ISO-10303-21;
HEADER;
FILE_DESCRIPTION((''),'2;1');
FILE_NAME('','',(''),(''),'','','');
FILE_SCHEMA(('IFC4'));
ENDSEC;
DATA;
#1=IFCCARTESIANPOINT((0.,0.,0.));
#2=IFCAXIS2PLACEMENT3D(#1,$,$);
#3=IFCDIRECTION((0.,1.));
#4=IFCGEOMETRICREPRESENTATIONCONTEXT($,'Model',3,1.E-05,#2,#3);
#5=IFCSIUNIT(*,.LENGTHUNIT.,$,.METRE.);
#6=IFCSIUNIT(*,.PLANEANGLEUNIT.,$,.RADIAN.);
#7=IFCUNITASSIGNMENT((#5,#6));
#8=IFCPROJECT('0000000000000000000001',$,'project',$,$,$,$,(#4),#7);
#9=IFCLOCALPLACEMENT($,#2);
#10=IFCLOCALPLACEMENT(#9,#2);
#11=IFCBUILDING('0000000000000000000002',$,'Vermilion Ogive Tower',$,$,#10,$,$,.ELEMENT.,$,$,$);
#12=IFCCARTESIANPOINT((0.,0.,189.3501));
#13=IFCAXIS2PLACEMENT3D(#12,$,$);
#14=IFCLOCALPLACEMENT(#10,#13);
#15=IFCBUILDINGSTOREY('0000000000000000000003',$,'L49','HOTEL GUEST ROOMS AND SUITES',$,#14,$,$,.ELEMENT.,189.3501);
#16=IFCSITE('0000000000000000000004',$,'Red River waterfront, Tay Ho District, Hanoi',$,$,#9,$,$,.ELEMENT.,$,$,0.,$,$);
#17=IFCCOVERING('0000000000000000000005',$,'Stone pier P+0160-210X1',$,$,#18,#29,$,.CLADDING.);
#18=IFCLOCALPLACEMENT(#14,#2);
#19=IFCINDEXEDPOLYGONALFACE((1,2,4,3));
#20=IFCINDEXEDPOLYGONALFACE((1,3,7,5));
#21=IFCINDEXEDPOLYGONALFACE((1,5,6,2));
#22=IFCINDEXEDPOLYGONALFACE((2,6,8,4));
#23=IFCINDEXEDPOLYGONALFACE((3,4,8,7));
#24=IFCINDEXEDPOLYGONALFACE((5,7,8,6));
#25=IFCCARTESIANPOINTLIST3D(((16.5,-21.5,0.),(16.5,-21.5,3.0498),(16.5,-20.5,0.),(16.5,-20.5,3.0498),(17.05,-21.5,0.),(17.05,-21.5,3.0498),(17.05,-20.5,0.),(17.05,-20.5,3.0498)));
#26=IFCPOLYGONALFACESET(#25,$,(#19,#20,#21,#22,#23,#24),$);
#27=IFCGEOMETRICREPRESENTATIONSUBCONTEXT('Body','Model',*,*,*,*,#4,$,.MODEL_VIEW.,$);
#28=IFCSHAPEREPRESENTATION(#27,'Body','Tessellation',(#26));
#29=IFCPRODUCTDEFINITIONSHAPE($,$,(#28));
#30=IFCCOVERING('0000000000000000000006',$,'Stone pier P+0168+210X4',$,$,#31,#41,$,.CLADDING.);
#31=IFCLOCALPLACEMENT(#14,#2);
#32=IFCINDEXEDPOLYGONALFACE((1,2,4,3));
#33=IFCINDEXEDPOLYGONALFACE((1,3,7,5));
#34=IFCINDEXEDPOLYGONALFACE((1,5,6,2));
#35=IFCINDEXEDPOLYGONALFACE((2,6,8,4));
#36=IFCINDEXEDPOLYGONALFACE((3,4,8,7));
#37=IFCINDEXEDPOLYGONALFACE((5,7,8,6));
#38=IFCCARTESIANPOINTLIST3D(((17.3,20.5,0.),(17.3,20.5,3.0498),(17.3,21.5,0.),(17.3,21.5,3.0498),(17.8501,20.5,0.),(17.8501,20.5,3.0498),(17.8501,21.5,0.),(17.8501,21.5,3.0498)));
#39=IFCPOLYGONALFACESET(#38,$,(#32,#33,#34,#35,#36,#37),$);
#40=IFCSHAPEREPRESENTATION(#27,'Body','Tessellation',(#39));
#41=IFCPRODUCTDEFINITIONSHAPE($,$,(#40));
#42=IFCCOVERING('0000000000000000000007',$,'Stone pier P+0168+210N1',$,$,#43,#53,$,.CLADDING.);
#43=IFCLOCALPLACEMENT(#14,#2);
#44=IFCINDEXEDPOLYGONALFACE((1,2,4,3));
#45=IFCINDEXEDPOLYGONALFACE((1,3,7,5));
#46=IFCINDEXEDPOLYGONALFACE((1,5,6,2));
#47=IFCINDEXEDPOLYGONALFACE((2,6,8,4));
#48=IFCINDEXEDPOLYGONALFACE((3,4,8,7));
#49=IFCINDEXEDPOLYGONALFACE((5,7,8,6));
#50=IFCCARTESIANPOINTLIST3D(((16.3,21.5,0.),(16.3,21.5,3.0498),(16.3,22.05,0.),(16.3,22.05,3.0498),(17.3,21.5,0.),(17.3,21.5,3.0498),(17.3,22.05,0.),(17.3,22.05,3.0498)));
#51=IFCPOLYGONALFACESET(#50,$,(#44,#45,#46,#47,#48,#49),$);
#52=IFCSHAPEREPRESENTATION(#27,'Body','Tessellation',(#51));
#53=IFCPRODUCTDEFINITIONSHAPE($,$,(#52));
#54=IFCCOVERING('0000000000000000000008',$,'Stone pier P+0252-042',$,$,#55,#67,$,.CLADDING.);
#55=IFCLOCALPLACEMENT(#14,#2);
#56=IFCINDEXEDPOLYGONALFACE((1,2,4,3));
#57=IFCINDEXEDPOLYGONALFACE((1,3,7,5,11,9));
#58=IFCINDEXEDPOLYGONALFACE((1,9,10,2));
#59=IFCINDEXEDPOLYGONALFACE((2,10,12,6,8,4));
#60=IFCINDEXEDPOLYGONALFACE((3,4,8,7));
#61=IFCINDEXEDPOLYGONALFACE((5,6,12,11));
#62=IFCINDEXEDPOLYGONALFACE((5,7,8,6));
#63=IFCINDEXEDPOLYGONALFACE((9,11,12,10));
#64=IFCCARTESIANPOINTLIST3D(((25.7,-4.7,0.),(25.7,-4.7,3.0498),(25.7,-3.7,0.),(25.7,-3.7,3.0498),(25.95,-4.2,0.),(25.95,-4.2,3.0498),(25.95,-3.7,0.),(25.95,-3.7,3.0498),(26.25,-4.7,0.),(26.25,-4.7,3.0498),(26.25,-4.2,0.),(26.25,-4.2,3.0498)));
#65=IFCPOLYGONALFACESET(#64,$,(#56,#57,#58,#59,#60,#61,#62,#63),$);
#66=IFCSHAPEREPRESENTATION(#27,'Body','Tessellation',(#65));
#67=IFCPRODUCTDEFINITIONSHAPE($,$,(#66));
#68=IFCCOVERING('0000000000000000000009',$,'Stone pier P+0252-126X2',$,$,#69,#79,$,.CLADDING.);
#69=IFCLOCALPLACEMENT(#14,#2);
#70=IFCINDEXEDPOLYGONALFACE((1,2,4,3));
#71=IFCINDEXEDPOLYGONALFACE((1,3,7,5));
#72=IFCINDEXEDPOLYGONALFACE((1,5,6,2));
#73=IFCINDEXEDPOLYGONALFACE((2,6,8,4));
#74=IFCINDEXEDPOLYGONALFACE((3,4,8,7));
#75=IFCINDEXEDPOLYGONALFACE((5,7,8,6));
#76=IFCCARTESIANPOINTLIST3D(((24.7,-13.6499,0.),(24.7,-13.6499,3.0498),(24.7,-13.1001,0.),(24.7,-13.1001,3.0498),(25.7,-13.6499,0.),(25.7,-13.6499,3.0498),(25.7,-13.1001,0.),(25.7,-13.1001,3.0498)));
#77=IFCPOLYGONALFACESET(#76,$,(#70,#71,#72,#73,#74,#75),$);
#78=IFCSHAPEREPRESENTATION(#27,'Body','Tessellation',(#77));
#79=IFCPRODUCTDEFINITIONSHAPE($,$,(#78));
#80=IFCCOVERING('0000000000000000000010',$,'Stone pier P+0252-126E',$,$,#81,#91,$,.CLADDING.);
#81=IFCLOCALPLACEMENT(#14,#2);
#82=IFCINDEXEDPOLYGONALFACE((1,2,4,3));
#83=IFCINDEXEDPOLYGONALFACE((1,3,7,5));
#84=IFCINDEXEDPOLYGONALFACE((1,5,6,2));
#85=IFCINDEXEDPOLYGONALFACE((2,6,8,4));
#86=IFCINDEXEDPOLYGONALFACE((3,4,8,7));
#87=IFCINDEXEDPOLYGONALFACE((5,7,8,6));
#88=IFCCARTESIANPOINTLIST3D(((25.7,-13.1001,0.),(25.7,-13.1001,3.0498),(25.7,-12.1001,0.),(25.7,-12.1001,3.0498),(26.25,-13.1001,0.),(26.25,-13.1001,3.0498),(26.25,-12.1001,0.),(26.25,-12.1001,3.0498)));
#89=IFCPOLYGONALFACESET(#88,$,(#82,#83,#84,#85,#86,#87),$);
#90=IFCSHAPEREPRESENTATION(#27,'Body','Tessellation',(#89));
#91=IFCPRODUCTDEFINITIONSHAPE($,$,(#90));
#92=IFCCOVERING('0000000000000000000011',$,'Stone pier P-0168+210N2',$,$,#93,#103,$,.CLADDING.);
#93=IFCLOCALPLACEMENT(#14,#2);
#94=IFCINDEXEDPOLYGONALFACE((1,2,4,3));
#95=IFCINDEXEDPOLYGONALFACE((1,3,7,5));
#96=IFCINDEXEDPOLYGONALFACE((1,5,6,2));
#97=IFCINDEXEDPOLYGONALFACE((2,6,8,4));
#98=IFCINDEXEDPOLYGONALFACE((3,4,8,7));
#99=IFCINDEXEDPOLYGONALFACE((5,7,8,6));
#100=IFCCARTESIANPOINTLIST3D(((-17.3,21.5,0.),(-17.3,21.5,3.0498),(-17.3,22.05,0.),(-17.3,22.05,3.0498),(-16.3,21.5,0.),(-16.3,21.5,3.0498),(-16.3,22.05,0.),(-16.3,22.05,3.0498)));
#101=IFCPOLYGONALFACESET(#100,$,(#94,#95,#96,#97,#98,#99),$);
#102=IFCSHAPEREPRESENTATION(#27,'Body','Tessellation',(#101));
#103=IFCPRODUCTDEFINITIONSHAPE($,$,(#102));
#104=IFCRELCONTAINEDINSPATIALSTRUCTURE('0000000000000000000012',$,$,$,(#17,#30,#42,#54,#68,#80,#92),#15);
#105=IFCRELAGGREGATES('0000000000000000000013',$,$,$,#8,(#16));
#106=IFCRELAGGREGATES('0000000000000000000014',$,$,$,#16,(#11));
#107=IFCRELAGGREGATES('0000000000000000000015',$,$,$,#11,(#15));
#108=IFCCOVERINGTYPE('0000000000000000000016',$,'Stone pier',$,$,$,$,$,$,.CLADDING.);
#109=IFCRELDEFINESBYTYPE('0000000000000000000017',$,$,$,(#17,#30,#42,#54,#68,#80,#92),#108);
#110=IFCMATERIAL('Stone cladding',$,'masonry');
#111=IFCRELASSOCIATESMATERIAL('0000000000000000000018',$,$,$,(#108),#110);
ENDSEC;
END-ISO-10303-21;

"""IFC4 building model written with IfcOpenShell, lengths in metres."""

from ifc_helpers import new_model, si_unit, direction, frame, origin, place, context, subcontext, project, spatial, polyline, outline, extrude, material, type_object, element, save


model = new_model("IFC4")

# Units and contexts
model_context = context("Model", 3, precision=1e-05, world=origin(), true_north=direction((0.0, 1.0)))
body_context = subcontext(model_context, "Body", "Model", "MODEL_VIEW")
ifc_project = project(units=[si_unit("LENGTHUNIT", "METRE"), si_unit("PLANEANGLEUNIT", "RADIAN")], contexts=[model_context])

# Site, building, storey
site_placement = place(None, origin())
site = spatial("IfcSite", under=ifc_project, at=site_placement, Name="Red River waterfront, Tay Ho District, Hanoi", CompositionType="ELEMENT", RefElevation=0.0)
building_placement = place(site_placement, origin())
building = spatial("IfcBuilding", under=site, at=building_placement, Name="Vermilion Ogive Tower", CompositionType="ELEMENT")
storey_placement = place(building_placement, frame((0.0, 0.0, 189.3501)))
storey = spatial("IfcBuildingStorey", under=building, at=storey_placement, Name="L49", Description="HOTEL GUEST ROOMS AND SUITES", CompositionType="ELEMENT", Elevation=189.3501)

# Coverings
ifc_material_1 = material(Name="Stone cladding", Category="masonry")
covering_type_1 = type_object("IfcCoveringType", Name="Stone pier", PredefinedType="CLADDING", material=ifc_material_1)
covering_1_placement = place(storey_placement, origin())
element("IfcCovering", 1, at=covering_1_placement, inside=storey, type_object=covering_type_1, Name="Stone pier P+0160-210X1", PredefinedType="CLADDING", context=body_context, shape_type="SweptSolid", body=[
    extrude(outline(polyline([(17.05, -21.5), (16.5, -21.5), (16.5, -20.5), (17.05, -20.5), (17.05, -21.5)])), origin(), (0.0, 0.0, 1.0), 3.0498),
])
covering_2_placement = place(storey_placement, origin())
element("IfcCovering", 2, at=covering_2_placement, inside=storey, type_object=covering_type_1, Name="Stone pier P+0168+210X4", PredefinedType="CLADDING", context=body_context, shape_type="SweptSolid", body=[
    extrude(outline(polyline([(17.8501, 21.5), (17.8501, 20.5), (17.3, 20.5), (17.3, 21.5), (17.8501, 21.5)])), origin(), (0.0, 0.0, 1.0), 3.0498),
])
covering_3_placement = place(storey_placement, origin())
element("IfcCovering", 3, at=covering_3_placement, inside=storey, type_object=covering_type_1, Name="Stone pier P+0168+210N1", PredefinedType="CLADDING", context=body_context, shape_type="SweptSolid", body=[
    extrude(outline(polyline([(17.3, 22.05), (17.3, 21.5), (16.3, 21.5), (16.3, 22.05), (17.3, 22.05)])), origin(), (0.0, 0.0, 1.0), 3.0498),
])
covering_4_placement = place(storey_placement, origin())
element("IfcCovering", 4, at=covering_4_placement, inside=storey, type_object=covering_type_1, Name="Stone pier P+0252-042", PredefinedType="CLADDING", context=body_context, shape_type="SweptSolid", body=[
    extrude(outline(polyline([(25.7, -3.7), (25.95, -3.7), (25.95, -4.2), (26.25, -4.2), (26.25, -4.7), (25.7, -4.7), (25.7, -4.7), (25.7, -3.7)])), origin(), (0.0, 0.0, 1.0), 3.0498),
])
covering_5_placement = place(storey_placement, origin())
element("IfcCovering", 5, at=covering_5_placement, inside=storey, type_object=covering_type_1, Name="Stone pier P+0252-126X2", PredefinedType="CLADDING", context=body_context, shape_type="SweptSolid", body=[
    extrude(outline(polyline([(25.7, -13.6499), (24.7, -13.6499), (24.7, -13.1001), (25.7, -13.1001), (25.7, -13.6499)])), origin(), (0.0, 0.0, 1.0), 3.0498),
])
covering_6_placement = place(storey_placement, origin())
element("IfcCovering", 6, at=covering_6_placement, inside=storey, type_object=covering_type_1, Name="Stone pier P+0252-126E", PredefinedType="CLADDING", context=body_context, shape_type="SweptSolid", body=[
    extrude(outline(polyline([(26.25, -13.1001), (25.7, -13.1001), (25.7, -12.1001), (26.25, -12.1001), (26.25, -13.1001)])), origin(), (0.0, 0.0, 1.0), 3.0498),
])
covering_7_placement = place(storey_placement, origin())
element("IfcCovering", 7, at=covering_7_placement, inside=storey, type_object=covering_type_1, Name="Stone pier P-0168+210N2", PredefinedType="CLADDING", context=body_context, shape_type="SweptSolid", body=[
    extrude(outline(polyline([(-17.3, 21.5), (-17.3, 22.05), (-16.3, 22.05), (-16.3, 21.5), (-17.3, 21.5), (-17.3, 21.5)])), origin(), (0.0, 0.0, 1.0), 3.0498),
])

save(model, "model.ifc")
